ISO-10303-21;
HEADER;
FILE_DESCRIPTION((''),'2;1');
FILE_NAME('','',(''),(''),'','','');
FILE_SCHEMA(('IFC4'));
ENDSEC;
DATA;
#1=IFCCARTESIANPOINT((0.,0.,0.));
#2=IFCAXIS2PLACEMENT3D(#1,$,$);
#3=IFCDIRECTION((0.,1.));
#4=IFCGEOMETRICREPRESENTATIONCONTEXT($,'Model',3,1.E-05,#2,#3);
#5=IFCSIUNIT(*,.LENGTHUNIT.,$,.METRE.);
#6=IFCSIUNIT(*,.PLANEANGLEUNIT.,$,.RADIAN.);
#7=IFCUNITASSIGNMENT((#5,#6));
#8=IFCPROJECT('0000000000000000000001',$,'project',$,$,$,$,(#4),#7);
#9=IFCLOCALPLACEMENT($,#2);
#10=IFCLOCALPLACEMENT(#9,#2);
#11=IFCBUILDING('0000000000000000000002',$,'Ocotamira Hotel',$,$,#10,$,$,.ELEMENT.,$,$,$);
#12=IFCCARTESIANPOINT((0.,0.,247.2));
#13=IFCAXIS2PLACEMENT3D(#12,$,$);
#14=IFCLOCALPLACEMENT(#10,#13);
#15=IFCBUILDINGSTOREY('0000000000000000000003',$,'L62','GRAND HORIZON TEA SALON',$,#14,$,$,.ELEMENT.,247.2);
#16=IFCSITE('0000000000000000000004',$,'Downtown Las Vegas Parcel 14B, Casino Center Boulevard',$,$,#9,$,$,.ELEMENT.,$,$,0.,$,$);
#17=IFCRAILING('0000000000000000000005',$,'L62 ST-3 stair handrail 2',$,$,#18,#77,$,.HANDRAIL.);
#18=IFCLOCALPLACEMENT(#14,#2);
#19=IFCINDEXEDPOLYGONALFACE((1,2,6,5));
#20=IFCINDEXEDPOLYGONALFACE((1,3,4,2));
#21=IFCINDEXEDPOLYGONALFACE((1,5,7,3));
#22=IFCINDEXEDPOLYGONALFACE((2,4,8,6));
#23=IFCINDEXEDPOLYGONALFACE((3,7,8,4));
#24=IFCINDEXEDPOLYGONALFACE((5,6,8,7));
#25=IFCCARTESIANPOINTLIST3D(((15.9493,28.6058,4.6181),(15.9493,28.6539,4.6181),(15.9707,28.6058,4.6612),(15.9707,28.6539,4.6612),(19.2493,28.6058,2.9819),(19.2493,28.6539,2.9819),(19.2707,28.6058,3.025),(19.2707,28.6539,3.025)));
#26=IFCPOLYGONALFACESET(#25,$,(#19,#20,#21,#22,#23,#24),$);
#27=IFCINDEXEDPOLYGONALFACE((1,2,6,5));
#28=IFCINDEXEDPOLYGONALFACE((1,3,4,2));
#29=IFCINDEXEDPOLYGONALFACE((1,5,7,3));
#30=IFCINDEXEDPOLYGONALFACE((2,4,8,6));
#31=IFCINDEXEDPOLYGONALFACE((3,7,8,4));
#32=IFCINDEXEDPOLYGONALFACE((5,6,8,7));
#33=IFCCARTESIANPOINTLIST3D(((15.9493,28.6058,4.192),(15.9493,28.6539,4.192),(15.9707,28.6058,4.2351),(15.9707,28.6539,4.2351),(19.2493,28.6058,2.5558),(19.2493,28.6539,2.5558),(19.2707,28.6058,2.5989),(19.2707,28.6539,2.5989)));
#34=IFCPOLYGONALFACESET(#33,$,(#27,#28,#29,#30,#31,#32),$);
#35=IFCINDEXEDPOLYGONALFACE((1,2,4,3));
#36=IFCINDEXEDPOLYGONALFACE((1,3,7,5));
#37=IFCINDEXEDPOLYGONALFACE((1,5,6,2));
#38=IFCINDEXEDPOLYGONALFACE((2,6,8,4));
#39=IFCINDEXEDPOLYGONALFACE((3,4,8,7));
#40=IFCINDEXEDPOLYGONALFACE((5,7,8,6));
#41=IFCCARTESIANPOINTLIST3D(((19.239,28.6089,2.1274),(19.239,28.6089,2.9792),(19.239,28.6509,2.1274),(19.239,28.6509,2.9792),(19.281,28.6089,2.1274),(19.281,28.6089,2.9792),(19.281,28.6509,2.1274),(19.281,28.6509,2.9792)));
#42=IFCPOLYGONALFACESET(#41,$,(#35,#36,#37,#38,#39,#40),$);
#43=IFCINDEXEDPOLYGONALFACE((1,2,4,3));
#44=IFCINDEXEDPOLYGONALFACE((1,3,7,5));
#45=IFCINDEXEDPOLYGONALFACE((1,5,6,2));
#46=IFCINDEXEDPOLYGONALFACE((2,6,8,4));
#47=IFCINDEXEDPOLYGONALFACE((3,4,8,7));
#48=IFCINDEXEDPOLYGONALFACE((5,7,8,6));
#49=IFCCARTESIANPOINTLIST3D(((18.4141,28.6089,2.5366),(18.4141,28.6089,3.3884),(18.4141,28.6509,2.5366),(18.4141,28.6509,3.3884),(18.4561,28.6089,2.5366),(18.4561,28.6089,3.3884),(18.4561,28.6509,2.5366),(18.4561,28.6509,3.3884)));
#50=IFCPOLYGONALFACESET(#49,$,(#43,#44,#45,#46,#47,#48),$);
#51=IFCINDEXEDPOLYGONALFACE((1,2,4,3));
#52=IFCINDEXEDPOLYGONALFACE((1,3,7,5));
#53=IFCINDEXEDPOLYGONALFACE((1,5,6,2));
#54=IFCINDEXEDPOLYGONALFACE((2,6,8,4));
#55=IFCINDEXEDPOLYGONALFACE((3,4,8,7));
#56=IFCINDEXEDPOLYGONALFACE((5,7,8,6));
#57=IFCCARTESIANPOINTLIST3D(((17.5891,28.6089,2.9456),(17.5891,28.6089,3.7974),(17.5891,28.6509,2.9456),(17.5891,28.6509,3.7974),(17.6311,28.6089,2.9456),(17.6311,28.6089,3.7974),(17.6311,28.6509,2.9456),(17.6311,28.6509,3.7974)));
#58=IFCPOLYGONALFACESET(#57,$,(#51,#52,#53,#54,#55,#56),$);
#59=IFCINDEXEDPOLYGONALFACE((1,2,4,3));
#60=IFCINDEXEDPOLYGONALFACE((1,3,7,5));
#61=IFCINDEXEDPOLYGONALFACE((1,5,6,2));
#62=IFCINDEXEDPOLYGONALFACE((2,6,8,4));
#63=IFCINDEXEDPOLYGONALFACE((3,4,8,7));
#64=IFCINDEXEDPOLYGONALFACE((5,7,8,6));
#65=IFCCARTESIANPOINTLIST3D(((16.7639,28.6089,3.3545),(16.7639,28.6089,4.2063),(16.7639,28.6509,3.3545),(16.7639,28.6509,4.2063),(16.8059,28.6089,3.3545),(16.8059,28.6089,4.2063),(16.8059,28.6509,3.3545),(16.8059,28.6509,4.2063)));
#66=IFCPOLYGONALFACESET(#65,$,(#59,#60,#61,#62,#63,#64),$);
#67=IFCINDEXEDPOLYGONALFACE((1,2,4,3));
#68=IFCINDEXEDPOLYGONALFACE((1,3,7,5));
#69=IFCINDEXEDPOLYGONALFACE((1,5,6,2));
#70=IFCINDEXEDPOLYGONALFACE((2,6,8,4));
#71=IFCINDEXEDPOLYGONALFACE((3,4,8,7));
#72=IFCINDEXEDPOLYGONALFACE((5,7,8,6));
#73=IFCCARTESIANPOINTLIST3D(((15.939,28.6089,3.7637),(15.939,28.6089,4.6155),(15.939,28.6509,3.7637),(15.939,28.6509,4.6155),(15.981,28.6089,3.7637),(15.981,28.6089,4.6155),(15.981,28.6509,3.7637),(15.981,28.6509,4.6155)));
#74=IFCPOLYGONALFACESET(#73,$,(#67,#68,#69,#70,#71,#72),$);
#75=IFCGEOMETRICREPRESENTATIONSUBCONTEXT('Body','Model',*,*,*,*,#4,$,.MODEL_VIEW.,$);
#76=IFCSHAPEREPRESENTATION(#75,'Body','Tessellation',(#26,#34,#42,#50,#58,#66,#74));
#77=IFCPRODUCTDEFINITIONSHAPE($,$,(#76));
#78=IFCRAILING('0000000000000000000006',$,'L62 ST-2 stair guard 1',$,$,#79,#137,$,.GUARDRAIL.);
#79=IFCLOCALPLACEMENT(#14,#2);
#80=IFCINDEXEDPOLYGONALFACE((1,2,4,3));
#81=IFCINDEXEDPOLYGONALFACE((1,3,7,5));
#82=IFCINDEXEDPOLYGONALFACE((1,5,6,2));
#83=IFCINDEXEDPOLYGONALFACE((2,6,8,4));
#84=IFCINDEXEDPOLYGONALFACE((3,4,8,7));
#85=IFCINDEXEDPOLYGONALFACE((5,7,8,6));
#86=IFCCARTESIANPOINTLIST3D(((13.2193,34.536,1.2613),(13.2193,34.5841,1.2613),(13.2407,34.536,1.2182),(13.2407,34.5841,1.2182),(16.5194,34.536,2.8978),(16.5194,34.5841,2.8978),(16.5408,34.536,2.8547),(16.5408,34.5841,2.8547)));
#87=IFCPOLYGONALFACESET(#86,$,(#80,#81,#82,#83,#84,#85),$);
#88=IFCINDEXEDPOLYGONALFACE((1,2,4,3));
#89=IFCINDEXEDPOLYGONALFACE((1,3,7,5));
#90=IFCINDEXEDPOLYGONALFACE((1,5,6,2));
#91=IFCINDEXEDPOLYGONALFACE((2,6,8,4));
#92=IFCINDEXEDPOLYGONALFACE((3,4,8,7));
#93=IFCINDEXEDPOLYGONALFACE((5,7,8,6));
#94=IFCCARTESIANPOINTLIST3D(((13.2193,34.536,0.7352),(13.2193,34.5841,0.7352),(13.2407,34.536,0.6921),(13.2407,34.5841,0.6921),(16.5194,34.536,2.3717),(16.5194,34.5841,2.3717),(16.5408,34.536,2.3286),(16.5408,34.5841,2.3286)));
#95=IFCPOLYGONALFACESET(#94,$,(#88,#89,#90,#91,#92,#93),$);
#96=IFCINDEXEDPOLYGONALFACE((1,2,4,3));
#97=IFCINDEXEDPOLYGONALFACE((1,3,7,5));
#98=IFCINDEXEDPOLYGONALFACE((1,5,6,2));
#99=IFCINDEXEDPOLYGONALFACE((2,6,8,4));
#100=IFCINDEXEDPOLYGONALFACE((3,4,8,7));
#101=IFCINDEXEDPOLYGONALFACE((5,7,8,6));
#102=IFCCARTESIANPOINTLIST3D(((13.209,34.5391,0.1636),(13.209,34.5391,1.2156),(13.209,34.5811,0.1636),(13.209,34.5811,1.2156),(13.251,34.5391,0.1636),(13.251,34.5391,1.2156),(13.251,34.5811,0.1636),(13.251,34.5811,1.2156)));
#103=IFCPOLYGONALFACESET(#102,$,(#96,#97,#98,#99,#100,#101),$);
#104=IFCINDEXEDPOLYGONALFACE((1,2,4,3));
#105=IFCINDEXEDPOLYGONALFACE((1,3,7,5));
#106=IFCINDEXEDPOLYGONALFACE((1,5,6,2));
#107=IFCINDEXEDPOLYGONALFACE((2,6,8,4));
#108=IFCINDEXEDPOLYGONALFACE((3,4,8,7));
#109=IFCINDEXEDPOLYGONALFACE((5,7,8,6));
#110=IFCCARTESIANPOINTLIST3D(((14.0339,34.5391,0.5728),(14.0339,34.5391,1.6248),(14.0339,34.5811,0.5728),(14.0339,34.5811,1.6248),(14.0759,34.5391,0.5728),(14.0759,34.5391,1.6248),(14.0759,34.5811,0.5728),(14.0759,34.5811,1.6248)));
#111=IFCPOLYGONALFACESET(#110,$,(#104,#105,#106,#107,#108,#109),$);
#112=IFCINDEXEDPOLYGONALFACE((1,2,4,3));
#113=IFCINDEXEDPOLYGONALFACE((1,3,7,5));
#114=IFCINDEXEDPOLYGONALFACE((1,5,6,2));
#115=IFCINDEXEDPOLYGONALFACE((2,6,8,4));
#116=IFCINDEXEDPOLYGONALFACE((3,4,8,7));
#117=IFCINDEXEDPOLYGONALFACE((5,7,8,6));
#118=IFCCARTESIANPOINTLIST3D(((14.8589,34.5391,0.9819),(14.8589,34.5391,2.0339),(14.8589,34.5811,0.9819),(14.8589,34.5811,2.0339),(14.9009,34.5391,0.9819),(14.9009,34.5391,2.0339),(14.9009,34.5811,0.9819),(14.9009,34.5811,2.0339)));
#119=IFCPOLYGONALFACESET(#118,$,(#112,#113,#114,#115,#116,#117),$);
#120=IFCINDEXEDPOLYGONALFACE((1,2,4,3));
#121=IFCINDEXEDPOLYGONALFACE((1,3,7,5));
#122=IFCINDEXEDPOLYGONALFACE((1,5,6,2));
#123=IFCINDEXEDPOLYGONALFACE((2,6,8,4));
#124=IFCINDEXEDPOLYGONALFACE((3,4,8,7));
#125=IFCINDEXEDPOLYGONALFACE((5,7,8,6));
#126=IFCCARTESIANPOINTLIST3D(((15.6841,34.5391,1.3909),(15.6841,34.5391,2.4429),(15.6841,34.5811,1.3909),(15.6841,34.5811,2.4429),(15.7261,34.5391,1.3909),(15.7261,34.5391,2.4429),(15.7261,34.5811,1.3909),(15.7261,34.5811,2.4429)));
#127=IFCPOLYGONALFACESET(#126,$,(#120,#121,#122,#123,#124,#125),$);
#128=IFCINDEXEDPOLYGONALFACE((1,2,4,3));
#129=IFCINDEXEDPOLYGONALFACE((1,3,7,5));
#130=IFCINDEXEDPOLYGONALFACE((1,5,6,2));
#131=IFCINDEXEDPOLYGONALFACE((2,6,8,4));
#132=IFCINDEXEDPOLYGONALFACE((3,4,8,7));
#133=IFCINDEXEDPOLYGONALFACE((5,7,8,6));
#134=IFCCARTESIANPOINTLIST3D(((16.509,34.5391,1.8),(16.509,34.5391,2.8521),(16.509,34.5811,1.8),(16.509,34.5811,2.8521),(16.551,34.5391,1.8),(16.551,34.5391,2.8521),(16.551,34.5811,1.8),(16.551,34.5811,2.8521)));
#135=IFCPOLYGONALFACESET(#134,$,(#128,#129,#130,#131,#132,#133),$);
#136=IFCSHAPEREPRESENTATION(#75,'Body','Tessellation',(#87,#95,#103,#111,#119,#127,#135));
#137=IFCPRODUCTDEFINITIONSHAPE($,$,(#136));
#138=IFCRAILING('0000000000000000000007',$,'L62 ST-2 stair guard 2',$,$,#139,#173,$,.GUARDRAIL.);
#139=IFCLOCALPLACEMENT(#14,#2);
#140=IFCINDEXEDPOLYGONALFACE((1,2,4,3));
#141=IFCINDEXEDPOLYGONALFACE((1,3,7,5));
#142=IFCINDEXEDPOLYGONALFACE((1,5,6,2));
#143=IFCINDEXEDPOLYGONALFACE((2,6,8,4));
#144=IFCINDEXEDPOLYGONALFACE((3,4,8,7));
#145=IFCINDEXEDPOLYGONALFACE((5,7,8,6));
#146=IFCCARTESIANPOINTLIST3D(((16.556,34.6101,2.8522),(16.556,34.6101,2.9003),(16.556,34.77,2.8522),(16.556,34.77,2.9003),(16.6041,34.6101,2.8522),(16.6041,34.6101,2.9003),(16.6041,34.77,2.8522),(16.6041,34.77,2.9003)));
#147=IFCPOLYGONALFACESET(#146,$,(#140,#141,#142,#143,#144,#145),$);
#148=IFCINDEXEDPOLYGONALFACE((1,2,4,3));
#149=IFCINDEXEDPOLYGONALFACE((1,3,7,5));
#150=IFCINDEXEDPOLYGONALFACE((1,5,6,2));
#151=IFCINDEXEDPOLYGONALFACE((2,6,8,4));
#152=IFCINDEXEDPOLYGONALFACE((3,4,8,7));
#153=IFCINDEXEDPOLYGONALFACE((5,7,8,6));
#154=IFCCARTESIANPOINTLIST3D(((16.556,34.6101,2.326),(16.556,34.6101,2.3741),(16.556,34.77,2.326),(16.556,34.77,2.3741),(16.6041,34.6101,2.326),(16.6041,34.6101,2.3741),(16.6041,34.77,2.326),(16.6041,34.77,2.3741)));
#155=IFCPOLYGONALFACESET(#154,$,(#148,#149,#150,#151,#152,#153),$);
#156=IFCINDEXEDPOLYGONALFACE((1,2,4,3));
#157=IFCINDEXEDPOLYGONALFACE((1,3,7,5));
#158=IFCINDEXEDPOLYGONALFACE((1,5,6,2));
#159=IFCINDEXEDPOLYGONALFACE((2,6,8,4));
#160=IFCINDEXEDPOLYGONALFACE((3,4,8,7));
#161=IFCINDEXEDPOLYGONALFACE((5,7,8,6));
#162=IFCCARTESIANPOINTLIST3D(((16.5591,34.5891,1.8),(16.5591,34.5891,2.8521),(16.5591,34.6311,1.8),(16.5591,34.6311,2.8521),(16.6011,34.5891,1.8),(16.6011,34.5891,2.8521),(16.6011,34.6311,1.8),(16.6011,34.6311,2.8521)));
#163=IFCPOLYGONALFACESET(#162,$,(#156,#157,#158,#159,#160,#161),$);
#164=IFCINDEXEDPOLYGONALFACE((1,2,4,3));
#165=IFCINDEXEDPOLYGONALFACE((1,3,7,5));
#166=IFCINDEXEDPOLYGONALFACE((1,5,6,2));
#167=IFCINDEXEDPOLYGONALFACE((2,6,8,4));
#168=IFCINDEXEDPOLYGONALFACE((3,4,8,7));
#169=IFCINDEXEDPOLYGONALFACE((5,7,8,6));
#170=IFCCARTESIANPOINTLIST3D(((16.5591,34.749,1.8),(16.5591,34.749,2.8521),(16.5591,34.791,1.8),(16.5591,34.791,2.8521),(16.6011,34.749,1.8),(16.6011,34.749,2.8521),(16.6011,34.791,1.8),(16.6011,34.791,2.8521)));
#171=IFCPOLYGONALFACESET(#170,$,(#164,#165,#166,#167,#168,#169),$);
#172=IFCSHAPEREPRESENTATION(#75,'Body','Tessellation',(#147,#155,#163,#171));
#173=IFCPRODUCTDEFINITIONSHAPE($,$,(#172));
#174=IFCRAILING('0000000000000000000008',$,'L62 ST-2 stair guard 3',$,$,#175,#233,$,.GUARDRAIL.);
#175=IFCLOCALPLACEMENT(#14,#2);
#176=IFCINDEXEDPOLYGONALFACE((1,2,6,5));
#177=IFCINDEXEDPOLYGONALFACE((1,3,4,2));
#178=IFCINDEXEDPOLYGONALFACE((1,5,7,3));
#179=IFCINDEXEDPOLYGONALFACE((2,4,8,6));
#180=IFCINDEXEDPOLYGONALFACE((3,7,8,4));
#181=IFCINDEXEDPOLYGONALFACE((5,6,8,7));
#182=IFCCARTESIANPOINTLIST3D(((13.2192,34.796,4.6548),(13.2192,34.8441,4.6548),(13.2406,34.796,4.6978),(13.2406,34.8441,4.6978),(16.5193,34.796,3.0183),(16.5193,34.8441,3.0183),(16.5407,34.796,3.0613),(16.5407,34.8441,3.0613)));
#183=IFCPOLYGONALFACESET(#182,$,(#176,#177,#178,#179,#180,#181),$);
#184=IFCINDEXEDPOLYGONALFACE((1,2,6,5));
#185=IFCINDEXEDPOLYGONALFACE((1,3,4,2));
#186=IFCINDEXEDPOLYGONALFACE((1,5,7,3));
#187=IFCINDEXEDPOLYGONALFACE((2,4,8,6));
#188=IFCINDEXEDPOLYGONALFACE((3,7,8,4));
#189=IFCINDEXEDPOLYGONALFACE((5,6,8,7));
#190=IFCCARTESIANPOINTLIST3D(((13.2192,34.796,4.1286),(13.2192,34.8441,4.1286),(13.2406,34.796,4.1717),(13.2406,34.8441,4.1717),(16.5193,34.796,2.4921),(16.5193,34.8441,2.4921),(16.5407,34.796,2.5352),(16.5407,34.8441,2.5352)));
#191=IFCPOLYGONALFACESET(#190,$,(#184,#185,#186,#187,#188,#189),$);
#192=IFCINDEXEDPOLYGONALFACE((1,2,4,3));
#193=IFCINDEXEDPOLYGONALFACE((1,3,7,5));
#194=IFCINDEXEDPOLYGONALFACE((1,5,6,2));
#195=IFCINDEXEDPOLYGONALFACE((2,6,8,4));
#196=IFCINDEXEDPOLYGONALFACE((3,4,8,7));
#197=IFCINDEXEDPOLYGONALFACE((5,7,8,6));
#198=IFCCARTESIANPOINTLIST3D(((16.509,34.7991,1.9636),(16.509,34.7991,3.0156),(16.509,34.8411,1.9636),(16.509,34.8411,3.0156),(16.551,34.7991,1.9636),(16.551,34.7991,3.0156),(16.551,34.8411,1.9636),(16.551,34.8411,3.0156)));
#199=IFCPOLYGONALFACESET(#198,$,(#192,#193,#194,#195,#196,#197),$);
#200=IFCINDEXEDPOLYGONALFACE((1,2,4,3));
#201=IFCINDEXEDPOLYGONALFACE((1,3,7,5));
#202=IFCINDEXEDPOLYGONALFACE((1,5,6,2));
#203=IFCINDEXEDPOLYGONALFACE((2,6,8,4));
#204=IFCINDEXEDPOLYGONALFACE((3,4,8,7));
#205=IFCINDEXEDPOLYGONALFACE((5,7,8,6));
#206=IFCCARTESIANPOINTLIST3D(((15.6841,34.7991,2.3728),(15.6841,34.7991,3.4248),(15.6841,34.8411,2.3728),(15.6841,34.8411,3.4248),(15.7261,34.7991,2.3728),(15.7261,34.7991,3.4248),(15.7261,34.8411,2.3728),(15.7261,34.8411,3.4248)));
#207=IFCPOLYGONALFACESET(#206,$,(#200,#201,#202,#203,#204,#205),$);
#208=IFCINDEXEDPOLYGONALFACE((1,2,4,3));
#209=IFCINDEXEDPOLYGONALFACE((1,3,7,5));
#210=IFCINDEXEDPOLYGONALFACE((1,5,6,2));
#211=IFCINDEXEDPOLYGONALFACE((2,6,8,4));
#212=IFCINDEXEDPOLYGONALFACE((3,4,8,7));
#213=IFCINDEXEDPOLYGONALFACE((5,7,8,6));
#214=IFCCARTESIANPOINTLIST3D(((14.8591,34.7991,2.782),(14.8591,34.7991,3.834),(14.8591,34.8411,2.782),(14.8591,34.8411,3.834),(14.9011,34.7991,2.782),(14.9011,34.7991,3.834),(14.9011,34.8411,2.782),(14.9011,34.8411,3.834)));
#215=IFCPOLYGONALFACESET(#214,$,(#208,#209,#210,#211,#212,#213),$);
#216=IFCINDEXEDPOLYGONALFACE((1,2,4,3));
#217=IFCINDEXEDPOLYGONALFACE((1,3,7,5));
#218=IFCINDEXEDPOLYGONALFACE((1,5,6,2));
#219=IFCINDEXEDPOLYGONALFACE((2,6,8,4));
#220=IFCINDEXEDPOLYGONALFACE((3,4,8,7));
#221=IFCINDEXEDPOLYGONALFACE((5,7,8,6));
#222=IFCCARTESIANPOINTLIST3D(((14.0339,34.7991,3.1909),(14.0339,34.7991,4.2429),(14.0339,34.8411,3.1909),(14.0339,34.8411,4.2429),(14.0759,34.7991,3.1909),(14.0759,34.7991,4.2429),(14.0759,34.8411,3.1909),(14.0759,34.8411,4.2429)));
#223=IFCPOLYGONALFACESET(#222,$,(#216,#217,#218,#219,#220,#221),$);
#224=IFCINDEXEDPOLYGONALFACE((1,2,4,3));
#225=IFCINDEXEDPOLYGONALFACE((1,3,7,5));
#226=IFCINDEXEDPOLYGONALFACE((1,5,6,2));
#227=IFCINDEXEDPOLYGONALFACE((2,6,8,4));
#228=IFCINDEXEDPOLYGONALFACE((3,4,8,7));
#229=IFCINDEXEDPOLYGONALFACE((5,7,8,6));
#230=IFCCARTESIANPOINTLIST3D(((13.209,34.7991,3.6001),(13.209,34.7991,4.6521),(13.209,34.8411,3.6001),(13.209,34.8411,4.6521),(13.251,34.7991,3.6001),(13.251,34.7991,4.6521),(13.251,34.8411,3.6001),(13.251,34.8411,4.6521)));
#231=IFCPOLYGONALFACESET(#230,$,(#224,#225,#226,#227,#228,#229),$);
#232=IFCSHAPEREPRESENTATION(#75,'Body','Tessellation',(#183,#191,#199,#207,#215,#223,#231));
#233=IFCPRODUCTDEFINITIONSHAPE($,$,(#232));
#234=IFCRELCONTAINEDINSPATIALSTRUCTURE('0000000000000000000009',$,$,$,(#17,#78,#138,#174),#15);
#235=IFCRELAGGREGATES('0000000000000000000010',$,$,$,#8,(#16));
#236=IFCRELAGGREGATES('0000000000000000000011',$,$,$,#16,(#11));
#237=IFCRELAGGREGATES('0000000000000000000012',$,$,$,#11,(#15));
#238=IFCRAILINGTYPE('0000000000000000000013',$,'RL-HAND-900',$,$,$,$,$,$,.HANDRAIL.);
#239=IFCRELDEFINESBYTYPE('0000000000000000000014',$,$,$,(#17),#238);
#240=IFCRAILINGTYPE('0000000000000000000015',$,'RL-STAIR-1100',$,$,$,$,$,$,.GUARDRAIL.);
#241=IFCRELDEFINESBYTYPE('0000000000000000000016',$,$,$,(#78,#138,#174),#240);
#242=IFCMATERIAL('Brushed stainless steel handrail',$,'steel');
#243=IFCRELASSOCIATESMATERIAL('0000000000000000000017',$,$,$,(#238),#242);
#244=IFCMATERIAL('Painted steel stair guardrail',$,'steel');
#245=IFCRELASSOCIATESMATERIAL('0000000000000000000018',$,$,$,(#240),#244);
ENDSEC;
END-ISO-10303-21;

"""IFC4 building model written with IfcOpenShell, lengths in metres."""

from ifc_helpers import new_model, si_unit, direction, frame, origin, origin_2d, place, context, subcontext, project, spatial, rectangle, extrude, material, type_object, element, save


model = new_model("IFC4")

# Units and contexts
model_context = context("Model", 3, precision=1e-05, world=origin(), true_north=direction((0.0, 1.0)))
body_context = subcontext(model_context, "Body", "Model", "MODEL_VIEW")
ifc_project = project(units=[si_unit("LENGTHUNIT", "METRE"), si_unit("PLANEANGLEUNIT", "RADIAN")], contexts=[model_context])

# Site, building, storey
site_placement = place(None, origin())
site = spatial("IfcSite", under=ifc_project, at=site_placement, Name="Downtown Las Vegas Parcel 14B, Casino Center Boulevard", CompositionType="ELEMENT", RefElevation=0.0)
building_placement = place(site_placement, origin())
building = spatial("IfcBuilding", under=site, at=building_placement, Name="Ocotamira Hotel", CompositionType="ELEMENT")
storey_placement = place(building_placement, frame((0.0, 0.0, 247.2)))
storey = spatial("IfcBuildingStorey", under=building, at=storey_placement, Name="L62", Description="GRAND HORIZON TEA SALON", CompositionType="ELEMENT", Elevation=247.2)

# Railings
ifc_material_1 = material(Name="Brushed stainless steel handrail", Category="steel")
railing_type_1 = type_object("IfcRailingType", Name="RL-HAND-900", PredefinedType="HANDRAIL", material=ifc_material_1)
railing_1_placement = place(storey_placement, frame((19.26, 28.6299, 2.1274)))
element("IfcRailing", 1, at=railing_1_placement, inside=storey, type_object=railing_type_1, Name="L62 ST-3 stair handrail 2", PredefinedType="HANDRAIL", context=body_context, shape_type="SweptSolid", body=[
    extrude(rectangle(XDim=0.0481, YDim=0.0481, at=origin_2d()), frame((0.0, 0.0, 0.876), z_axis=(-0.89592, 0.0, 0.444215), x_axis=(0.0, -1.0, 0.0)), (0.0, 0.0, 1.0), 3.6833),
    extrude(rectangle(XDim=0.0481, YDim=0.0481, at=origin_2d()), frame((0.0, 0.0, 0.45), z_axis=(-0.89592, 0.0, 0.444215), x_axis=(0.0, -1.0, 0.0)), (0.0, 0.0, 1.0), 3.6833),
    extrude(rectangle(XDim=0.042, YDim=0.042, at=origin_2d()), origin(), (0.0, 0.0, 1.0), 0.8518),
    extrude(rectangle(XDim=0.042, YDim=0.042, at=origin_2d()), frame((-0.825, 0.0, 0.4092)), (0.0, 0.0, 1.0), 0.8518),
    extrude(rectangle(XDim=0.042, YDim=0.042, at=origin_2d()), frame((-1.6499, 0.0, 0.8181)), (0.0, 0.0, 1.0), 0.8518),
    extrude(rectangle(XDim=0.042, YDim=0.042, at=origin_2d()), frame((-2.4751, 0.0, 1.2271)), (0.0, 0.0, 1.0), 0.8518),
    extrude(rectangle(XDim=0.042, YDim=0.042, at=origin_2d()), frame((-3.3, 0.0, 1.6362)), (0.0, 0.0, 1.0), 0.8518),
])
ifc_material_2 = material(Name="Painted steel stair guardrail", Category="steel")
railing_type_2 = type_object("IfcRailingType", Name="RL-STAIR-1100", PredefinedType="GUARDRAIL", material=ifc_material_2)
railing_2_placement = place(storey_placement, frame((13.23, 34.5601, 0.1636)))
element("IfcRailing", 2, at=railing_2_placement, inside=storey, type_object=railing_type_2, Name="L62 ST-2 stair guard 1", PredefinedType="GUARDRAIL", context=body_context, shape_type="SweptSolid", body=[
    extrude(rectangle(XDim=0.0481, YDim=0.0481, at=origin_2d()), frame((0.0, 0.0, 1.0762), z_axis=(0.895894, 0.0, 0.444268), x_axis=(0.0, 1.0, 0.0)), (0.0, 0.0, 1.0), 3.6836),
    extrude(rectangle(XDim=0.0481, YDim=0.0481, at=origin_2d()), frame((0.0, 0.0, 0.55), z_axis=(0.895894, 0.0, 0.444268), x_axis=(0.0, 1.0, 0.0)), (0.0, 0.0, 1.0), 3.6836),
    extrude(rectangle(XDim=0.042, YDim=0.042, at=origin_2d()), origin(), (0.0, 0.0, 1.0), 1.052),
    extrude(rectangle(XDim=0.042, YDim=0.042, at=origin_2d()), frame((0.825, 0.0, 0.4092)), (0.0, 0.0, 1.0), 1.052),
    extrude(rectangle(XDim=0.042, YDim=0.042, at=origin_2d()), frame((1.6499, 0.0, 0.8184)), (0.0, 0.0, 1.0), 1.052),
    extrude(rectangle(XDim=0.042, YDim=0.042, at=origin_2d()), frame((2.4751, 0.0, 1.2273)), (0.0, 0.0, 1.0), 1.052),
    extrude(rectangle(XDim=0.042, YDim=0.042, at=origin_2d()), frame((3.3, 0.0, 1.6365)), (0.0, 0.0, 1.0), 1.052),
])
railing_3_placement = place(storey_placement, frame((16.5801, 34.6101, 1.8)))
element("IfcRailing", 3, at=railing_3_placement, inside=storey, type_object=railing_type_2, Name="L62 ST-2 stair guard 2", PredefinedType="GUARDRAIL", context=body_context, shape_type="SweptSolid", body=[
    extrude(rectangle(XDim=0.0481, YDim=0.0481, at=origin_2d()), frame((0.0, 0.0, 1.0762), z_axis=(0.0, 1.0, 0.0), x_axis=(-1.0, 0.0, 0.0)), (0.0, 0.0, 1.0), 0.1599),
    extrude(rectangle(XDim=0.0481, YDim=0.0481, at=origin_2d()), frame((0.0, 0.0, 0.55), z_axis=(0.0, 1.0, 0.0), x_axis=(-1.0, 0.0, 0.0)), (0.0, 0.0, 1.0), 0.1599),
    extrude(rectangle(XDim=0.042, YDim=0.042, at=origin_2d()), origin(), (0.0, 0.0, 1.0), 1.052),
    extrude(rectangle(XDim=0.042, YDim=0.042, at=origin_2d()), frame((0.0, 0.1599, 0.0)), (0.0, 0.0, 1.0), 1.052),
])
railing_4_placement = place(storey_placement, frame((16.53, 34.8201, 1.9636)))
element("IfcRailing", 4, at=railing_4_placement, inside=storey, type_object=railing_type_2, Name="L62 ST-2 stair guard 3", PredefinedType="GUARDRAIL", context=body_context, shape_type="SweptSolid", body=[
    extrude(rectangle(XDim=0.0481, YDim=0.0481, at=origin_2d()), frame((0.0, 0.0, 1.0762), z_axis=(-0.895894, 0.0, 0.444268), x_axis=(0.0, -1.0, 0.0)), (0.0, 0.0, 1.0), 3.6836),
    extrude(rectangle(XDim=0.0481, YDim=0.0481, at=origin_2d()), frame((0.0, 0.0, 0.55), z_axis=(-0.895894, 0.0, 0.444268), x_axis=(0.0, -1.0, 0.0)), (0.0, 0.0, 1.0), 3.6836),
    extrude(rectangle(XDim=0.042, YDim=0.042, at=origin_2d()), origin(), (0.0, 0.0, 1.0), 1.052),
    extrude(rectangle(XDim=0.042, YDim=0.042, at=origin_2d()), frame((-0.825, 0.0, 0.4092)), (0.0, 0.0, 1.0), 1.052),
    extrude(rectangle(XDim=0.042, YDim=0.042, at=origin_2d()), frame((-1.6499, 0.0, 0.8184)), (0.0, 0.0, 1.0), 1.052),
    extrude(rectangle(XDim=0.042, YDim=0.042, at=origin_2d()), frame((-2.4751, 0.0, 1.2273)), (0.0, 0.0, 1.0), 1.052),
    extrude(rectangle(XDim=0.042, YDim=0.042, at=origin_2d()), frame((-3.3, 0.0, 1.6365)), (0.0, 0.0, 1.0), 1.052),
])

save(model, "model.ifc")
